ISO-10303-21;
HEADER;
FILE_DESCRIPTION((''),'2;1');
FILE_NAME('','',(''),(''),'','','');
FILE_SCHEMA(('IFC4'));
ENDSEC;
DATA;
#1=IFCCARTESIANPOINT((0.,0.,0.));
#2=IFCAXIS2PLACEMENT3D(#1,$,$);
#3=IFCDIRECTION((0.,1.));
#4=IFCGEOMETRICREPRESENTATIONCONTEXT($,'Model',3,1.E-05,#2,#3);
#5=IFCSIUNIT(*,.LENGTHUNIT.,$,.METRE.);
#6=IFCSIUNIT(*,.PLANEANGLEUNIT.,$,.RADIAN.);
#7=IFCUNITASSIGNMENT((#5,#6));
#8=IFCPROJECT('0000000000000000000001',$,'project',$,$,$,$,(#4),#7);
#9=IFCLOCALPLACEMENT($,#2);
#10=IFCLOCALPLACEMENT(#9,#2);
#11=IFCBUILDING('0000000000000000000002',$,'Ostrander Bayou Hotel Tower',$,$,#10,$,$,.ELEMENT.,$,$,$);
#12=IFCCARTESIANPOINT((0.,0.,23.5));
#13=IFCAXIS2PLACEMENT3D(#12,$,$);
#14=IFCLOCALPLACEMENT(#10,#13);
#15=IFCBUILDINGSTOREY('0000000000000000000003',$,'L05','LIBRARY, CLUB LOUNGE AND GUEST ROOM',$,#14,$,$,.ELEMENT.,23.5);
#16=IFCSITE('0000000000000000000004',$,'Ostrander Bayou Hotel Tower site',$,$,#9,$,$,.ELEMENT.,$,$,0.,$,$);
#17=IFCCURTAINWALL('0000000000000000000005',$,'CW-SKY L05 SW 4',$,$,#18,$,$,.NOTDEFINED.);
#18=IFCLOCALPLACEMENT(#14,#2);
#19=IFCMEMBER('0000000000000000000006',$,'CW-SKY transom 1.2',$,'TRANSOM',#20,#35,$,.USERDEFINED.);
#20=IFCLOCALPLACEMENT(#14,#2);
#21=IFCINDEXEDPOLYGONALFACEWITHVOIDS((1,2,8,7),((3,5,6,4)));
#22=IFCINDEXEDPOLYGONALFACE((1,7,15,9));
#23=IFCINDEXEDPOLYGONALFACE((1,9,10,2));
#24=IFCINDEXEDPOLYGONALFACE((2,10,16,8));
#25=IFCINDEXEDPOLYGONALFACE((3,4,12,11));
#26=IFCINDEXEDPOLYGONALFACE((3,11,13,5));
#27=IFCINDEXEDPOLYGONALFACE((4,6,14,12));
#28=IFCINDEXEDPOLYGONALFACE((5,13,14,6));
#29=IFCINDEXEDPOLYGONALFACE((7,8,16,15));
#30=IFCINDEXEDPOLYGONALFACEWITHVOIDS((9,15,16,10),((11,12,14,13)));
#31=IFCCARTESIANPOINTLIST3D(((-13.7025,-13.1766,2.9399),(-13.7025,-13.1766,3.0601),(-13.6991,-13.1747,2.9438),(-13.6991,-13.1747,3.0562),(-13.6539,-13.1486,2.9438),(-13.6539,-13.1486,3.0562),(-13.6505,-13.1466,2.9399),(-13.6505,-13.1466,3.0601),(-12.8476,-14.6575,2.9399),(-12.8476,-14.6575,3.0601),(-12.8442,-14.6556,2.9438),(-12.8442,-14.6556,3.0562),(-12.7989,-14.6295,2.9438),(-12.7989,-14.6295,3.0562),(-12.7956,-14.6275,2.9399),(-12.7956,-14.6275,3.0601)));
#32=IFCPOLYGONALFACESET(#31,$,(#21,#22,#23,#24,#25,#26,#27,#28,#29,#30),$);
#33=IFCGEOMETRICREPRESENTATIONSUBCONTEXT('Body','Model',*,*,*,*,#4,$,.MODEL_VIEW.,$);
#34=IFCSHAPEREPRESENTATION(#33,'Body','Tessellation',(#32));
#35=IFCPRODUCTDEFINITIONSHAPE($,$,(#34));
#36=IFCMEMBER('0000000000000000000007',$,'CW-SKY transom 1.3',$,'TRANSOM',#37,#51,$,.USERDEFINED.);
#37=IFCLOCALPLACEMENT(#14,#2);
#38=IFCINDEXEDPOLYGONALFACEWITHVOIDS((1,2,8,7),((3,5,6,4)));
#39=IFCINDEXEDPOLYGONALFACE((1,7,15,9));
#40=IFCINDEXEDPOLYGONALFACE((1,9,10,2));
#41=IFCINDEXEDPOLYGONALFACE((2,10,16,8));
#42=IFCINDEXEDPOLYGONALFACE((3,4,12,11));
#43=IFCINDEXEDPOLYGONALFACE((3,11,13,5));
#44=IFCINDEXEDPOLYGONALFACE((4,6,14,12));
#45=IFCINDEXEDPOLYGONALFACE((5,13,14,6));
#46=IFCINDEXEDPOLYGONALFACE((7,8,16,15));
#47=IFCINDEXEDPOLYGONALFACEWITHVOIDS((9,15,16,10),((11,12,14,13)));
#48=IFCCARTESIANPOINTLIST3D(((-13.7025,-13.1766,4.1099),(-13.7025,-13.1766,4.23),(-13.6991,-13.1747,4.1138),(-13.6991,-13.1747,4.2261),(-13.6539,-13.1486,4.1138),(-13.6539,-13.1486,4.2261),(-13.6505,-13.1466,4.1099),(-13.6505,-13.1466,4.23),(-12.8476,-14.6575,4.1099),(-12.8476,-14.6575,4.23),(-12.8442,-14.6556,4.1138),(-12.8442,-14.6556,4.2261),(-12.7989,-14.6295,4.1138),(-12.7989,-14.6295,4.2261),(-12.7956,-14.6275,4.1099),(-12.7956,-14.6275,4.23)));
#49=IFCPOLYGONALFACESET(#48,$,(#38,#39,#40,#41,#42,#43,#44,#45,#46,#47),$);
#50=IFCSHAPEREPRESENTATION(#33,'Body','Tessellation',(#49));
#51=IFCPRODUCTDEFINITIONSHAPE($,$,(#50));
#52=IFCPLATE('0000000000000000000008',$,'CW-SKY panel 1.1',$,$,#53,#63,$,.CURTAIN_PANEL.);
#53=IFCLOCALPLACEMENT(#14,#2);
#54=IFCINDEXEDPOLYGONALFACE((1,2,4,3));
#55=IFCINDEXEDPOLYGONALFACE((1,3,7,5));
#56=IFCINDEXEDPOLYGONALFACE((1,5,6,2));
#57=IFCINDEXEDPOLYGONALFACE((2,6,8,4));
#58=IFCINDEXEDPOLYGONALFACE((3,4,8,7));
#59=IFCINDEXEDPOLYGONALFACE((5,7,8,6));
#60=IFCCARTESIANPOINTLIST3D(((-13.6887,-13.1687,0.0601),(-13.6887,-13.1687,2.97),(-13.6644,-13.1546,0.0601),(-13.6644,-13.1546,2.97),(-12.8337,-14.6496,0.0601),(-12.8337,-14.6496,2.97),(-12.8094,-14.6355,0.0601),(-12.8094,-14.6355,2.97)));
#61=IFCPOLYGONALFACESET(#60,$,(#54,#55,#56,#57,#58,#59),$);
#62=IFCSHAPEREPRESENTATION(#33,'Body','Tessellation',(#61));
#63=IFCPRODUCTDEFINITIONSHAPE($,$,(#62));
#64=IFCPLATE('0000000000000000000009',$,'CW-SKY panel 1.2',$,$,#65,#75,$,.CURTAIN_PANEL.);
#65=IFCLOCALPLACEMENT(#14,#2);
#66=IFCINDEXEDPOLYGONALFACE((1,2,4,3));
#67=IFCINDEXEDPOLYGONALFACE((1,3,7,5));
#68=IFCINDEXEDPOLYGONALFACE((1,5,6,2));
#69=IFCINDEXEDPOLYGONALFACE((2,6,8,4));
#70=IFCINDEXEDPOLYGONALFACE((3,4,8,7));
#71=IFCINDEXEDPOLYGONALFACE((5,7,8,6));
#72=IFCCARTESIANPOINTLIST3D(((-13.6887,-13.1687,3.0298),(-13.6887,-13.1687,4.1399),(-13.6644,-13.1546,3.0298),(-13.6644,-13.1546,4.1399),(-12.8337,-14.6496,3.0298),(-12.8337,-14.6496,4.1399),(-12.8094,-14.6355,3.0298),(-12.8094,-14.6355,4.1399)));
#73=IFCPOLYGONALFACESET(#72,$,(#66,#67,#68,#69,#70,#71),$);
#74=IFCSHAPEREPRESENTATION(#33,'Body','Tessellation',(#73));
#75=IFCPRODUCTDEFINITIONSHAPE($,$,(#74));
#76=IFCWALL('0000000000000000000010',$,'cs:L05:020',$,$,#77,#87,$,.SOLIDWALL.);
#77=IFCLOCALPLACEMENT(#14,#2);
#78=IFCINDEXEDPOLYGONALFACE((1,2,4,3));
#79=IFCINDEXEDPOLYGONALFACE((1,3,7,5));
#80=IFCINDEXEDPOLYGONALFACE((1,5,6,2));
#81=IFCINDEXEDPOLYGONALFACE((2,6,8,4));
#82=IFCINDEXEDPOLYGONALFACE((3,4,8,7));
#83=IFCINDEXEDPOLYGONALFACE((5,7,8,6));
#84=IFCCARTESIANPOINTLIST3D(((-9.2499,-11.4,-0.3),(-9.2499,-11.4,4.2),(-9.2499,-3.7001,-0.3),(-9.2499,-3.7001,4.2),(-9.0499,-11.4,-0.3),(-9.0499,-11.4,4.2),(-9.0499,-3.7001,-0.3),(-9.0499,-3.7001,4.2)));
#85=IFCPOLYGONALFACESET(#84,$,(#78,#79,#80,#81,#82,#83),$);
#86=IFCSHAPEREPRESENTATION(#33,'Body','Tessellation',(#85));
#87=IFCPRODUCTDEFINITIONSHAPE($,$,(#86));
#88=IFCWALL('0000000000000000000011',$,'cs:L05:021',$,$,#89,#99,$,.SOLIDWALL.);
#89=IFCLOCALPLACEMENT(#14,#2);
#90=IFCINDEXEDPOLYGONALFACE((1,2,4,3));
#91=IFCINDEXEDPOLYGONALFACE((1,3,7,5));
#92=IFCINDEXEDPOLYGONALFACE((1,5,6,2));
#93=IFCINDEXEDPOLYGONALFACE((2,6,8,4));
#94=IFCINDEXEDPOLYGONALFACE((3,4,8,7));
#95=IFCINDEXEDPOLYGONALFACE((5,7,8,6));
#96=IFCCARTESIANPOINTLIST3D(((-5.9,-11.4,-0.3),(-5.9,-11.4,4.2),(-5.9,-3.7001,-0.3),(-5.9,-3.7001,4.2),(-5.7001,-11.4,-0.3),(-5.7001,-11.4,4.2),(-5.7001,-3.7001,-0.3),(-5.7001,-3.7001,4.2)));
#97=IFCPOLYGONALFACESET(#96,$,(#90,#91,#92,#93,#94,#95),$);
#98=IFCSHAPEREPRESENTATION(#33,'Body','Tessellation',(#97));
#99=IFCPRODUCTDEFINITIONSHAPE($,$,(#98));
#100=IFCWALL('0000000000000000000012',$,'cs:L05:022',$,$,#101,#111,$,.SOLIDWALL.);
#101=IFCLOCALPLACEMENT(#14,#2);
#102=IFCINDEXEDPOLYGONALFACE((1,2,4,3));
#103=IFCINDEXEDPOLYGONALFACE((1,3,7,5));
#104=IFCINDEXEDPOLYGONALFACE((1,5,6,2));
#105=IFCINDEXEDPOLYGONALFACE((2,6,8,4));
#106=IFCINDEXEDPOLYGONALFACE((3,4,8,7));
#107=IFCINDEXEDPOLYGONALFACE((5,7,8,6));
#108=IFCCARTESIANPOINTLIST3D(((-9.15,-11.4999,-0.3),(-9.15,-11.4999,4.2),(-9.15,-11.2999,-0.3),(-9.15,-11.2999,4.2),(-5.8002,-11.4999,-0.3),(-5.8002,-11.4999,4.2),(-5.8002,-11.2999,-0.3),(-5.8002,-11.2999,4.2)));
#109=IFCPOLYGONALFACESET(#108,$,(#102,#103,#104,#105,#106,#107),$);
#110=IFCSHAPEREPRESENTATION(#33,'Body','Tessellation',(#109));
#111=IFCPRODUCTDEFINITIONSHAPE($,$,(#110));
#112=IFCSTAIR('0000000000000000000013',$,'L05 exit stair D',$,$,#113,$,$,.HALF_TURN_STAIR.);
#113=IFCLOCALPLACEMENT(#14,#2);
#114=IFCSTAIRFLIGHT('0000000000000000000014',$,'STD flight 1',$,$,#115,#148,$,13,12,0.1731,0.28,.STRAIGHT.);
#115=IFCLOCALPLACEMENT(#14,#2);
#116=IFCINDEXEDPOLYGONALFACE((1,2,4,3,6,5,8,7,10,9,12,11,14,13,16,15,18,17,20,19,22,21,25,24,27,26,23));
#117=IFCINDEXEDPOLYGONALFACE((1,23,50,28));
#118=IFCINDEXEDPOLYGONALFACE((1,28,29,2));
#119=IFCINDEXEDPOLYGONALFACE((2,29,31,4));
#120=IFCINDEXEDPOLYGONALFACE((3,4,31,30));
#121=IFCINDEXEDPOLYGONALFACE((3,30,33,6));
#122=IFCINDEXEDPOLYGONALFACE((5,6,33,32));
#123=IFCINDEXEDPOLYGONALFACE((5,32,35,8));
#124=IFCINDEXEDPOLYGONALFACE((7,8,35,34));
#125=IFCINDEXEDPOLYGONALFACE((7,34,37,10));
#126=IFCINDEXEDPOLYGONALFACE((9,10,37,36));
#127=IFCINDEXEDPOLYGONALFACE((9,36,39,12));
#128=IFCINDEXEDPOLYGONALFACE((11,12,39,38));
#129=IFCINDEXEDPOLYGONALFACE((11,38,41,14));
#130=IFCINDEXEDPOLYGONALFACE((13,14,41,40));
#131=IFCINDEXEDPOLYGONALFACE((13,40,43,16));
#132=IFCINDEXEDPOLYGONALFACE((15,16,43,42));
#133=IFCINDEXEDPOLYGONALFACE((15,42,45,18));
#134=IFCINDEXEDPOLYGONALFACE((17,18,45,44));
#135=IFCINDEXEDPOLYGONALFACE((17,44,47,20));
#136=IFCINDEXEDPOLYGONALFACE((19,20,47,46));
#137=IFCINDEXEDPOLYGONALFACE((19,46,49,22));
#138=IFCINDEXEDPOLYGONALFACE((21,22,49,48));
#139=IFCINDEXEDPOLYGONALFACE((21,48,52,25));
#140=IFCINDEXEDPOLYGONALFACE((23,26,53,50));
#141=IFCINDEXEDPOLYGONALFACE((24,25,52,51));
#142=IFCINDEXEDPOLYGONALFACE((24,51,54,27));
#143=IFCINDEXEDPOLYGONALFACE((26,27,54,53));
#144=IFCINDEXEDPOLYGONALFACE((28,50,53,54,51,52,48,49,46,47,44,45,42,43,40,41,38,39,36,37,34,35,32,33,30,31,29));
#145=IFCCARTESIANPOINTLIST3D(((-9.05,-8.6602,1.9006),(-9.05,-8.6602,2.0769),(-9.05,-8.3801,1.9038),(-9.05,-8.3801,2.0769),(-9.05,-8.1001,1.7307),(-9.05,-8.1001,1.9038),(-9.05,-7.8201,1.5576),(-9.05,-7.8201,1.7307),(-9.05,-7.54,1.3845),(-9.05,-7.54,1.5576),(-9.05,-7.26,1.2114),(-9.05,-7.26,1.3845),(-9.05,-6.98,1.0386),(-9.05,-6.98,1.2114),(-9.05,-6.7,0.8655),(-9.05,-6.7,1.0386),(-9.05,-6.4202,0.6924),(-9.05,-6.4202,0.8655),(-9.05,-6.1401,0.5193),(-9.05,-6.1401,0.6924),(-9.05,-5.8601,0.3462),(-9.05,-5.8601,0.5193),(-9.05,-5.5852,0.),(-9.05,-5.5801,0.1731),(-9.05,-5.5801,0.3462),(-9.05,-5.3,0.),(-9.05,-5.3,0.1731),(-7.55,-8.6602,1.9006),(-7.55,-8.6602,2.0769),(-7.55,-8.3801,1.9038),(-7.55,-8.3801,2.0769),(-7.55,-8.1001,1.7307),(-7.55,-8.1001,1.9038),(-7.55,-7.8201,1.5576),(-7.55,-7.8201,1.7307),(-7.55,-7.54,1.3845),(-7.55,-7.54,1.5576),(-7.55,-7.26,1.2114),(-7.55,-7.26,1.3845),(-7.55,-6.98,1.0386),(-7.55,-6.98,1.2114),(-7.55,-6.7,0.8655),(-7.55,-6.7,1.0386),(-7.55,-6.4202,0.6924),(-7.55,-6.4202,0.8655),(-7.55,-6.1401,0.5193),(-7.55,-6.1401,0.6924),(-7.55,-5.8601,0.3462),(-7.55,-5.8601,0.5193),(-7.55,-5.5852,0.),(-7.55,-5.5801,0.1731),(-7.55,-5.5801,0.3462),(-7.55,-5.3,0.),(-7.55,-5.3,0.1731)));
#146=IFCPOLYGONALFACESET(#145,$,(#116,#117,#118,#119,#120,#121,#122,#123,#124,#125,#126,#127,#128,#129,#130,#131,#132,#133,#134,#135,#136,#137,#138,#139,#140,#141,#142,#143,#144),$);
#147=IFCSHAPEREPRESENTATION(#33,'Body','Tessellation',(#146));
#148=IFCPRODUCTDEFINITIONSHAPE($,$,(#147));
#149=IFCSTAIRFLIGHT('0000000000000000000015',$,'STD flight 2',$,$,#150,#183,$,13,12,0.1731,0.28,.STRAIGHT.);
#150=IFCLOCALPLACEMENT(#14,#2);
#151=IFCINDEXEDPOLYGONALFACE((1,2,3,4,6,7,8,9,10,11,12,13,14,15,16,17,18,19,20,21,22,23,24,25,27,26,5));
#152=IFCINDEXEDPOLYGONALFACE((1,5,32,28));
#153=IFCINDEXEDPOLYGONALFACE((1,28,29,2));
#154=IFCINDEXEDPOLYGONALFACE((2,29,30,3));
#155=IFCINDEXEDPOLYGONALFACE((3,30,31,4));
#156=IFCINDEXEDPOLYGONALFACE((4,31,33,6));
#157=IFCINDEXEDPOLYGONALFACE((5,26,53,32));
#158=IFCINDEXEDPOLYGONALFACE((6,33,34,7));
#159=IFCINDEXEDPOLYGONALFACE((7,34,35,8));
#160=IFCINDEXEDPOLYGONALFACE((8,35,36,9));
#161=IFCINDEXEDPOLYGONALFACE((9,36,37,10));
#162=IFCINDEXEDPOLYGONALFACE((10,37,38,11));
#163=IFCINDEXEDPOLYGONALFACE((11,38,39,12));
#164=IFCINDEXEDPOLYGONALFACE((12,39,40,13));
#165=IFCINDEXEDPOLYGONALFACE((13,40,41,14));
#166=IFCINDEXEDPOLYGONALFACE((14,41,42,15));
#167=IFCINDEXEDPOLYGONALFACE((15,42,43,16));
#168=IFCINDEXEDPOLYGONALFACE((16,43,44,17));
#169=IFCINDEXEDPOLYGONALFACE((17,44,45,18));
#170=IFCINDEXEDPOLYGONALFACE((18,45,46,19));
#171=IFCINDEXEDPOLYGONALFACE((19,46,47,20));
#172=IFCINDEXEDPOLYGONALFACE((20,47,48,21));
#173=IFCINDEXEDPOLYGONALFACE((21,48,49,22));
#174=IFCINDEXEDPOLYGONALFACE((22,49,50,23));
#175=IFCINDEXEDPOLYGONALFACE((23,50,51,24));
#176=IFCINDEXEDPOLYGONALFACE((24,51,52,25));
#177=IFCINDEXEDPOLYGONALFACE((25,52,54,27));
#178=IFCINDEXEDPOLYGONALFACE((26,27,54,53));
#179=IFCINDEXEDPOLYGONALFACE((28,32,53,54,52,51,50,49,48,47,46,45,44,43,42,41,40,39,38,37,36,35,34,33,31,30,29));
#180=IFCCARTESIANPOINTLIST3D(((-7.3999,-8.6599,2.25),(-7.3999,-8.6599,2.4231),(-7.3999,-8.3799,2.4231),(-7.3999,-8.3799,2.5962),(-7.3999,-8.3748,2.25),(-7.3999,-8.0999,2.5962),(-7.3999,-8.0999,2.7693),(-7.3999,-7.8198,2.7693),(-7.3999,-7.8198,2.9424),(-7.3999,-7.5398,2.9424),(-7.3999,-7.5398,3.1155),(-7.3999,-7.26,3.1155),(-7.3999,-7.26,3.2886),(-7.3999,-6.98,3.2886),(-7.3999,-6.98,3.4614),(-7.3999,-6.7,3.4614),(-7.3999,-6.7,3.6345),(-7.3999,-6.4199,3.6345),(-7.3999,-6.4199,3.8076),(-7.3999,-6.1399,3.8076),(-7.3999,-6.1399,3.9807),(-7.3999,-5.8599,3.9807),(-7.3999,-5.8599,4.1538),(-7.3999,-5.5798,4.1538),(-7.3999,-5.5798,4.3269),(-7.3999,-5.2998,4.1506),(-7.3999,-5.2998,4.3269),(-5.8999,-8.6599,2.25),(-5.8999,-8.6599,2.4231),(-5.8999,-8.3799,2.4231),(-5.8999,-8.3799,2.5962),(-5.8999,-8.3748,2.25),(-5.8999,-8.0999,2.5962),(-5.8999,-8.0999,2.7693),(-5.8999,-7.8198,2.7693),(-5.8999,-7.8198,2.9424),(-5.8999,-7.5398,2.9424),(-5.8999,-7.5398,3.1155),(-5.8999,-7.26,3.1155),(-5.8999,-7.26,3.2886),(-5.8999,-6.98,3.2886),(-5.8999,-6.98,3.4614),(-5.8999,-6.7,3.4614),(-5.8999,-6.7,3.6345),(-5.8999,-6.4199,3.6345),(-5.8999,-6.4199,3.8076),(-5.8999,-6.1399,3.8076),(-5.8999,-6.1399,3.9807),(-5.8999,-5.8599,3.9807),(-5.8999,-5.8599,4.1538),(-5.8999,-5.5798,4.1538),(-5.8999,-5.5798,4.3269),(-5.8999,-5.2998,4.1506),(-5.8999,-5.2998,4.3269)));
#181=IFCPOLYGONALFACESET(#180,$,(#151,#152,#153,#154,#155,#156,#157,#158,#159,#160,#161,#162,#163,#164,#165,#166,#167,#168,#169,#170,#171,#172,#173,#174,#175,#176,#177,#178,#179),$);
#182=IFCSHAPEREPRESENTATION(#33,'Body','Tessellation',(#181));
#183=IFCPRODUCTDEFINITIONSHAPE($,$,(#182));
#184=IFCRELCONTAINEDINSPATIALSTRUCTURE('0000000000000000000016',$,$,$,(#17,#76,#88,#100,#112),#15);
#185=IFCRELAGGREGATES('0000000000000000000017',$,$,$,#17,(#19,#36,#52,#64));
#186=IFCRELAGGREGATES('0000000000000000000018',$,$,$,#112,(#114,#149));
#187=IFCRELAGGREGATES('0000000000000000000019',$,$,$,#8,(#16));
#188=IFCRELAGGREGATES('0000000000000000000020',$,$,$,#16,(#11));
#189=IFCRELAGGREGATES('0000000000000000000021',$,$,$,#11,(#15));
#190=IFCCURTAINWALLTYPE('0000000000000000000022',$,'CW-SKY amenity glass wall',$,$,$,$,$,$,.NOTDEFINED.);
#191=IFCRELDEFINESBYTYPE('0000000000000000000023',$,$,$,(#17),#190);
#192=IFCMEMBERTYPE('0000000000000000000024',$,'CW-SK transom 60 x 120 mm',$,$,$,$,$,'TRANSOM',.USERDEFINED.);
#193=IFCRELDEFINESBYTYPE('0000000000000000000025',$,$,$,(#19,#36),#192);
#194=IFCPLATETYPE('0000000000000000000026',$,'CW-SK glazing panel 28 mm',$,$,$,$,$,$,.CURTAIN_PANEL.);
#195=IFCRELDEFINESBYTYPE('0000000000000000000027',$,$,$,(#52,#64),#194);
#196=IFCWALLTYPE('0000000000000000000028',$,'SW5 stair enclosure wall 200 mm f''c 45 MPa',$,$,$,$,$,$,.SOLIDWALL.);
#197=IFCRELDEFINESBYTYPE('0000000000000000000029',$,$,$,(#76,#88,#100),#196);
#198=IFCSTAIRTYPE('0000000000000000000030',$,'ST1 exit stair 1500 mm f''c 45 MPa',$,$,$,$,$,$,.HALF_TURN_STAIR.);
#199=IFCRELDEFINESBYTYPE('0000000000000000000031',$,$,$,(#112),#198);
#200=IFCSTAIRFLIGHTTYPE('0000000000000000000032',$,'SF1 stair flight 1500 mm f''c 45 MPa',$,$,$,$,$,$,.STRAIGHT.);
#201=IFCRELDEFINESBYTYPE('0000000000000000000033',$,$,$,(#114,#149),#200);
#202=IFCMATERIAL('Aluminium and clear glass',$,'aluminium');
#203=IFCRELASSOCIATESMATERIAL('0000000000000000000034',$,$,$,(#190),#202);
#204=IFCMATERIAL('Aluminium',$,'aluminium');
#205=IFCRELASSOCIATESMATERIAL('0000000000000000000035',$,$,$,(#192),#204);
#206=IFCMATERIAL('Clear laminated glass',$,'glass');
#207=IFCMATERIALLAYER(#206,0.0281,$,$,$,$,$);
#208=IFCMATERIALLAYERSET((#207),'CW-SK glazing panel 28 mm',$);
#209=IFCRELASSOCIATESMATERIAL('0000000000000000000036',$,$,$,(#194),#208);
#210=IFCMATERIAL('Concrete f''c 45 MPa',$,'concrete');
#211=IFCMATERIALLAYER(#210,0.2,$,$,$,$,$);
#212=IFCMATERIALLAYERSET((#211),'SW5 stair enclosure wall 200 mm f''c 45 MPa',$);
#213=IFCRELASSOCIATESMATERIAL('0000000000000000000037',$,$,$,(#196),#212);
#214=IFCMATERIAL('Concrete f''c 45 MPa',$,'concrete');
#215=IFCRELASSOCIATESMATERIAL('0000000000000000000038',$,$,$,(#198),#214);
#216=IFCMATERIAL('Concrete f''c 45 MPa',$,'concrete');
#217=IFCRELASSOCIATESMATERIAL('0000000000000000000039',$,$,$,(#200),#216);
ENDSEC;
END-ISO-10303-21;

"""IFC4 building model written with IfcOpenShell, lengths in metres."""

from ifc_helpers import new_model, si_unit, direction, frame, frame_2d, origin, origin_2d, place, context, subcontext, project, spatial, polyline, rectangle, hollow_rectangle, outline, extrude, material, layer, layer_set, material_profile, profile_set, type_object, element, aggregate, save


model = new_model("IFC4")

# Units and contexts
model_context = context("Model", 3, precision=1e-05, world=origin(), true_north=direction((0.0, 1.0)))
body_context = subcontext(model_context, "Body", "Model", "MODEL_VIEW")
ifc_project = project(units=[si_unit("LENGTHUNIT", "METRE"), si_unit("PLANEANGLEUNIT", "RADIAN")], contexts=[model_context])

# Site, building, storey
site_placement = place(None, origin())
site = spatial("IfcSite", under=ifc_project, at=site_placement, Name="Ostrander Bayou Hotel Tower site", CompositionType="ELEMENT", RefElevation=0.0)
building_placement = place(site_placement, origin())
building = spatial("IfcBuilding", under=site, at=building_placement, Name="Ostrander Bayou Hotel Tower", CompositionType="ELEMENT")
storey_placement = place(building_placement, frame((0.0, 0.0, 23.5)))
storey = spatial("IfcBuildingStorey", under=building, at=storey_placement, Name="L05", Description="LIBRARY, CLUB LOUNGE AND GUEST ROOM", CompositionType="ELEMENT", Elevation=23.5)

# Curtain wall, members, plates
ifc_material_1 = material(Name="Aluminium and clear glass", Category="aluminium")
curtain_wall_type = type_object("IfcCurtainWallType", Name="CW-SKY amenity glass wall", PredefinedType="NOTDEFINED", material=ifc_material_1)
curtain_wall_placement = place(storey_placement, origin())
curtain_wall = element("IfcCurtainWall", 1, at=curtain_wall_placement, inside=storey, type_object=curtain_wall_type, Name="CW-SKY L05 SW 4", PredefinedType="NOTDEFINED")
ifc_material_2 = material(Name="Aluminium", Category="aluminium")
ifc_material_profile = material_profile(ifc_material_2, hollow_rectangle(XDim=0.0601, YDim=0.1201, WallThickness=0.0039, at=origin_2d()))
ifc_profile_set = profile_set([ifc_material_profile], Name="Aluminium")
member_type = type_object("IfcMemberType", Name="CW-SK transom 60 x 120 mm", ElementType="TRANSOM", PredefinedType="USERDEFINED", material=ifc_profile_set)
member_1_placement = place(storey_placement, frame((-13.6765, -13.1616, 3.0), z_axis=(0.499978, -0.866038, 0.0), x_axis=(0.866038, 0.499978, 0.0)))
member_1 = element("IfcMember", 2, at=member_1_placement, type_object=member_type, Name="CW-SKY transom 1.2", ObjectType="TRANSOM", PredefinedType="USERDEFINED", context=body_context, shape_type="SweptSolid", body=[
    extrude(hollow_rectangle(XDim=0.0601, YDim=0.1201, WallThickness=0.0039, at=origin_2d()), origin(), (0.0, 0.0, 1.0), 1.71),
])
member_2_placement = place(storey_placement, frame((-13.6765, -13.1616, 4.1699), z_axis=(0.499978, -0.866038, 0.0), x_axis=(0.866038, 0.499978, 0.0)))
member_2 = element("IfcMember", 3, at=member_2_placement, type_object=member_type, Name="CW-SKY transom 1.3", ObjectType="TRANSOM", PredefinedType="USERDEFINED", context=body_context, shape_type="SweptSolid", body=[
    extrude(hollow_rectangle(XDim=0.0601, YDim=0.1201, WallThickness=0.0039, at=origin_2d()), origin(), (0.0, 0.0, 1.0), 1.71),
])
ifc_material_3 = material(Name="Clear laminated glass", Category="glass")
ifc_layer_1 = layer(ifc_material_3, 0.0281)
ifc_layer_set_1 = layer_set([ifc_layer_1], Name="CW-SK glazing panel 28 mm")
plate_type = type_object("IfcPlateType", Name="CW-SK glazing panel 28 mm", PredefinedType="CURTAIN_PANEL", material=ifc_layer_set_1)
plate_1_placement = place(storey_placement, frame((-13.249, -13.9021, 0.0601), z_axis=(0.0, 0.0, 1.0), x_axis=(0.499999, -0.866026, 0.0)))
plate_1 = element("IfcPlate", 4, at=plate_1_placement, type_object=plate_type, Name="CW-SKY panel 1.1", PredefinedType="CURTAIN_PANEL", context=body_context, shape_type="SweptSolid", body=[
    extrude(rectangle(XDim=1.71, YDim=0.0281, at=origin_2d()), origin(), (0.0, 0.0, 1.0), 2.9099),
])
plate_2_placement = place(storey_placement, frame((-13.249, -13.9021, 3.0298), z_axis=(0.0, 0.0, 1.0), x_axis=(0.499999, -0.866026, 0.0)))
plate_2 = element("IfcPlate", 5, at=plate_2_placement, type_object=plate_type, Name="CW-SKY panel 1.2", PredefinedType="CURTAIN_PANEL", context=body_context, shape_type="SweptSolid", body=[
    extrude(rectangle(XDim=1.71, YDim=0.0281, at=origin_2d()), origin(), (0.0, 0.0, 1.0), 1.1101),
])
aggregate(curtain_wall, [member_1, member_2, plate_1, plate_2])

# Shared definitions
ifc_material_4 = material(Name="Concrete f'c 45 MPa", Category="concrete")
ifc_layer_2 = layer(ifc_material_4, 0.2)
ifc_layer_set_2 = layer_set([ifc_layer_2], Name="SW5 stair enclosure wall 200 mm f'c 45 MPa")
wall_type_1 = type_object("IfcWallType", Name="SW5 stair enclosure wall 200 mm f'c 45 MPa", PredefinedType="SOLIDWALL", material=ifc_layer_set_2)

# Walls
for number, where, z_axis, x_axis, name in (
    (6, (-9.1499, -3.7, -0.3), (0.0, 0.0, 1.0), (0.0, -1.0, 0.0), "cs:L05:020"),
    (7, (-5.8, -3.7, -0.3), (0.0, 0.0, 1.0), (0.0, -1.0, 0.0), "cs:L05:021"),
):
    element("IfcWall", number, at=place(storey_placement, frame(where, z_axis=z_axis, x_axis=x_axis)), inside=storey, type_object=wall_type_1, Name=name, PredefinedType="SOLIDWALL", context=body_context, shape_type="SweptSolid", body=[
        extrude(rectangle(XDim=7.7, YDim=0.2, at=frame_2d((3.8501, 0.0))), origin(), (0.0, 0.0, 1.0), 4.5),
    ])
wall_1_placement = place(storey_placement, frame((-9.1499, -11.3999, -0.3), z_axis=(0.0, 0.0, 1.0), x_axis=(1.0, 0.0, 0.0)))
element("IfcWall", 8, at=wall_1_placement, inside=storey, type_object=wall_type_1, Name="cs:L05:022", PredefinedType="SOLIDWALL", context=body_context, shape_type="SweptSolid", body=[
    extrude(rectangle(XDim=3.3499, YDim=0.2, at=frame_2d((1.6748, 0.0))), origin(), (0.0, 0.0, 1.0), 4.5),
])

# Stair, stair flights
ifc_material_5 = material(Name="Concrete f'c 45 MPa", Category="concrete")
stair_type = type_object("IfcStairType", Name="ST1 exit stair 1500 mm f'c 45 MPa", PredefinedType="HALF_TURN_STAIR", material=ifc_material_5)
stair_placement = place(storey_placement, origin())
stair = element("IfcStair", 9, at=stair_placement, inside=storey, type_object=stair_type, Name="L05 exit stair D", PredefinedType="HALF_TURN_STAIR")
ifc_material_6 = material(Name="Concrete f'c 45 MPa", Category="concrete")
stair_flight_type = type_object("IfcStairFlightType", Name="SF1 stair flight 1500 mm f'c 45 MPa", PredefinedType="STRAIGHT", material=ifc_material_6)
stair_flight_1_placement = place(storey_placement, frame((-8.3, -5.3, 0.0), z_axis=(0.0, 0.0, 1.0), x_axis=(0.0, -1.0, 0.0)))
stair_flight_1 = element("IfcStairFlight", 10, at=stair_flight_1_placement, type_object=stair_flight_type, Name="STD flight 1", NumberOfRisers=13, NumberOfTreads=12, PredefinedType="STRAIGHT", RiserHeight=0.1731, TreadLength=0.28, context=body_context, shape_type="SweptSolid", body=[
    extrude(outline(polyline([(0.0, 0.0), (0.0, 0.1731), (0.28, 0.1731), (0.28, 0.3462), (0.5601, 0.3462), (0.5601, 0.5193), (0.8401, 0.5193), (0.8401, 0.6924), (1.1201, 0.6924), (1.1201, 0.8655), (1.3999, 0.8655), (1.3999, 1.0386), (1.6799, 1.0386), (1.6799, 1.2114), (1.96, 1.2114), (1.96, 1.3845), (2.24, 1.3845), (2.24, 1.5576), (2.52, 1.5576), (2.52, 1.7307), (2.8, 1.7307), (2.8, 1.9038), (3.0801, 1.9038), (3.0801, 2.0769), (3.3601, 2.0769), (3.3601, 2.25), (3.3601, 1.9006), (0.2852, 0.0), (0.0, 0.0)])), frame((0.0, 0.75, 0.0), z_axis=(0.0, -1.0, 0.0), x_axis=(1.0, 0.0, 0.0)), (0.0, 0.0, 1.0), 1.5),
])
stair_flight_2_placement = place(storey_placement, frame((-6.6499, -8.6599, 2.25), z_axis=(0.0, 0.0, 1.0), x_axis=(0.0, 1.0, 0.0)))
stair_flight_2 = element("IfcStairFlight", 11, at=stair_flight_2_placement, type_object=stair_flight_type, Name="STD flight 2", NumberOfRisers=13, NumberOfTreads=12, PredefinedType="STRAIGHT", RiserHeight=0.1731, TreadLength=0.28, context=body_context, shape_type="SweptSolid", body=[
    extrude(outline(polyline([(0.0, 0.0), (0.0, 0.1731), (0.28, 0.1731), (0.28, 0.3462), (0.5601, 0.3462), (0.5601, 0.5193), (0.8401, 0.5193), (0.8401, 0.6924), (1.1201, 0.6924), (1.1201, 0.8655), (1.3999, 0.8655), (1.3999, 1.0386), (1.6799, 1.0386), (1.6799, 1.2114), (1.96, 1.2114), (1.96, 1.3845), (2.24, 1.3845), (2.24, 1.5576), (2.52, 1.5576), (2.52, 1.7307), (2.8, 1.7307), (2.8, 1.9038), (3.0801, 1.9038), (3.0801, 2.0769), (3.3601, 2.0769), (3.3601, 2.25), (3.3601, 1.9006), (0.2852, 0.0), (0.0, 0.0)])), frame((0.0, 0.75, 0.0), z_axis=(0.0, -1.0, 0.0), x_axis=(1.0, 0.0, 0.0)), (0.0, 0.0, 1.0), 1.5),
])
aggregate(stair, [stair_flight_1, stair_flight_2])

save(model, "model.ifc")
